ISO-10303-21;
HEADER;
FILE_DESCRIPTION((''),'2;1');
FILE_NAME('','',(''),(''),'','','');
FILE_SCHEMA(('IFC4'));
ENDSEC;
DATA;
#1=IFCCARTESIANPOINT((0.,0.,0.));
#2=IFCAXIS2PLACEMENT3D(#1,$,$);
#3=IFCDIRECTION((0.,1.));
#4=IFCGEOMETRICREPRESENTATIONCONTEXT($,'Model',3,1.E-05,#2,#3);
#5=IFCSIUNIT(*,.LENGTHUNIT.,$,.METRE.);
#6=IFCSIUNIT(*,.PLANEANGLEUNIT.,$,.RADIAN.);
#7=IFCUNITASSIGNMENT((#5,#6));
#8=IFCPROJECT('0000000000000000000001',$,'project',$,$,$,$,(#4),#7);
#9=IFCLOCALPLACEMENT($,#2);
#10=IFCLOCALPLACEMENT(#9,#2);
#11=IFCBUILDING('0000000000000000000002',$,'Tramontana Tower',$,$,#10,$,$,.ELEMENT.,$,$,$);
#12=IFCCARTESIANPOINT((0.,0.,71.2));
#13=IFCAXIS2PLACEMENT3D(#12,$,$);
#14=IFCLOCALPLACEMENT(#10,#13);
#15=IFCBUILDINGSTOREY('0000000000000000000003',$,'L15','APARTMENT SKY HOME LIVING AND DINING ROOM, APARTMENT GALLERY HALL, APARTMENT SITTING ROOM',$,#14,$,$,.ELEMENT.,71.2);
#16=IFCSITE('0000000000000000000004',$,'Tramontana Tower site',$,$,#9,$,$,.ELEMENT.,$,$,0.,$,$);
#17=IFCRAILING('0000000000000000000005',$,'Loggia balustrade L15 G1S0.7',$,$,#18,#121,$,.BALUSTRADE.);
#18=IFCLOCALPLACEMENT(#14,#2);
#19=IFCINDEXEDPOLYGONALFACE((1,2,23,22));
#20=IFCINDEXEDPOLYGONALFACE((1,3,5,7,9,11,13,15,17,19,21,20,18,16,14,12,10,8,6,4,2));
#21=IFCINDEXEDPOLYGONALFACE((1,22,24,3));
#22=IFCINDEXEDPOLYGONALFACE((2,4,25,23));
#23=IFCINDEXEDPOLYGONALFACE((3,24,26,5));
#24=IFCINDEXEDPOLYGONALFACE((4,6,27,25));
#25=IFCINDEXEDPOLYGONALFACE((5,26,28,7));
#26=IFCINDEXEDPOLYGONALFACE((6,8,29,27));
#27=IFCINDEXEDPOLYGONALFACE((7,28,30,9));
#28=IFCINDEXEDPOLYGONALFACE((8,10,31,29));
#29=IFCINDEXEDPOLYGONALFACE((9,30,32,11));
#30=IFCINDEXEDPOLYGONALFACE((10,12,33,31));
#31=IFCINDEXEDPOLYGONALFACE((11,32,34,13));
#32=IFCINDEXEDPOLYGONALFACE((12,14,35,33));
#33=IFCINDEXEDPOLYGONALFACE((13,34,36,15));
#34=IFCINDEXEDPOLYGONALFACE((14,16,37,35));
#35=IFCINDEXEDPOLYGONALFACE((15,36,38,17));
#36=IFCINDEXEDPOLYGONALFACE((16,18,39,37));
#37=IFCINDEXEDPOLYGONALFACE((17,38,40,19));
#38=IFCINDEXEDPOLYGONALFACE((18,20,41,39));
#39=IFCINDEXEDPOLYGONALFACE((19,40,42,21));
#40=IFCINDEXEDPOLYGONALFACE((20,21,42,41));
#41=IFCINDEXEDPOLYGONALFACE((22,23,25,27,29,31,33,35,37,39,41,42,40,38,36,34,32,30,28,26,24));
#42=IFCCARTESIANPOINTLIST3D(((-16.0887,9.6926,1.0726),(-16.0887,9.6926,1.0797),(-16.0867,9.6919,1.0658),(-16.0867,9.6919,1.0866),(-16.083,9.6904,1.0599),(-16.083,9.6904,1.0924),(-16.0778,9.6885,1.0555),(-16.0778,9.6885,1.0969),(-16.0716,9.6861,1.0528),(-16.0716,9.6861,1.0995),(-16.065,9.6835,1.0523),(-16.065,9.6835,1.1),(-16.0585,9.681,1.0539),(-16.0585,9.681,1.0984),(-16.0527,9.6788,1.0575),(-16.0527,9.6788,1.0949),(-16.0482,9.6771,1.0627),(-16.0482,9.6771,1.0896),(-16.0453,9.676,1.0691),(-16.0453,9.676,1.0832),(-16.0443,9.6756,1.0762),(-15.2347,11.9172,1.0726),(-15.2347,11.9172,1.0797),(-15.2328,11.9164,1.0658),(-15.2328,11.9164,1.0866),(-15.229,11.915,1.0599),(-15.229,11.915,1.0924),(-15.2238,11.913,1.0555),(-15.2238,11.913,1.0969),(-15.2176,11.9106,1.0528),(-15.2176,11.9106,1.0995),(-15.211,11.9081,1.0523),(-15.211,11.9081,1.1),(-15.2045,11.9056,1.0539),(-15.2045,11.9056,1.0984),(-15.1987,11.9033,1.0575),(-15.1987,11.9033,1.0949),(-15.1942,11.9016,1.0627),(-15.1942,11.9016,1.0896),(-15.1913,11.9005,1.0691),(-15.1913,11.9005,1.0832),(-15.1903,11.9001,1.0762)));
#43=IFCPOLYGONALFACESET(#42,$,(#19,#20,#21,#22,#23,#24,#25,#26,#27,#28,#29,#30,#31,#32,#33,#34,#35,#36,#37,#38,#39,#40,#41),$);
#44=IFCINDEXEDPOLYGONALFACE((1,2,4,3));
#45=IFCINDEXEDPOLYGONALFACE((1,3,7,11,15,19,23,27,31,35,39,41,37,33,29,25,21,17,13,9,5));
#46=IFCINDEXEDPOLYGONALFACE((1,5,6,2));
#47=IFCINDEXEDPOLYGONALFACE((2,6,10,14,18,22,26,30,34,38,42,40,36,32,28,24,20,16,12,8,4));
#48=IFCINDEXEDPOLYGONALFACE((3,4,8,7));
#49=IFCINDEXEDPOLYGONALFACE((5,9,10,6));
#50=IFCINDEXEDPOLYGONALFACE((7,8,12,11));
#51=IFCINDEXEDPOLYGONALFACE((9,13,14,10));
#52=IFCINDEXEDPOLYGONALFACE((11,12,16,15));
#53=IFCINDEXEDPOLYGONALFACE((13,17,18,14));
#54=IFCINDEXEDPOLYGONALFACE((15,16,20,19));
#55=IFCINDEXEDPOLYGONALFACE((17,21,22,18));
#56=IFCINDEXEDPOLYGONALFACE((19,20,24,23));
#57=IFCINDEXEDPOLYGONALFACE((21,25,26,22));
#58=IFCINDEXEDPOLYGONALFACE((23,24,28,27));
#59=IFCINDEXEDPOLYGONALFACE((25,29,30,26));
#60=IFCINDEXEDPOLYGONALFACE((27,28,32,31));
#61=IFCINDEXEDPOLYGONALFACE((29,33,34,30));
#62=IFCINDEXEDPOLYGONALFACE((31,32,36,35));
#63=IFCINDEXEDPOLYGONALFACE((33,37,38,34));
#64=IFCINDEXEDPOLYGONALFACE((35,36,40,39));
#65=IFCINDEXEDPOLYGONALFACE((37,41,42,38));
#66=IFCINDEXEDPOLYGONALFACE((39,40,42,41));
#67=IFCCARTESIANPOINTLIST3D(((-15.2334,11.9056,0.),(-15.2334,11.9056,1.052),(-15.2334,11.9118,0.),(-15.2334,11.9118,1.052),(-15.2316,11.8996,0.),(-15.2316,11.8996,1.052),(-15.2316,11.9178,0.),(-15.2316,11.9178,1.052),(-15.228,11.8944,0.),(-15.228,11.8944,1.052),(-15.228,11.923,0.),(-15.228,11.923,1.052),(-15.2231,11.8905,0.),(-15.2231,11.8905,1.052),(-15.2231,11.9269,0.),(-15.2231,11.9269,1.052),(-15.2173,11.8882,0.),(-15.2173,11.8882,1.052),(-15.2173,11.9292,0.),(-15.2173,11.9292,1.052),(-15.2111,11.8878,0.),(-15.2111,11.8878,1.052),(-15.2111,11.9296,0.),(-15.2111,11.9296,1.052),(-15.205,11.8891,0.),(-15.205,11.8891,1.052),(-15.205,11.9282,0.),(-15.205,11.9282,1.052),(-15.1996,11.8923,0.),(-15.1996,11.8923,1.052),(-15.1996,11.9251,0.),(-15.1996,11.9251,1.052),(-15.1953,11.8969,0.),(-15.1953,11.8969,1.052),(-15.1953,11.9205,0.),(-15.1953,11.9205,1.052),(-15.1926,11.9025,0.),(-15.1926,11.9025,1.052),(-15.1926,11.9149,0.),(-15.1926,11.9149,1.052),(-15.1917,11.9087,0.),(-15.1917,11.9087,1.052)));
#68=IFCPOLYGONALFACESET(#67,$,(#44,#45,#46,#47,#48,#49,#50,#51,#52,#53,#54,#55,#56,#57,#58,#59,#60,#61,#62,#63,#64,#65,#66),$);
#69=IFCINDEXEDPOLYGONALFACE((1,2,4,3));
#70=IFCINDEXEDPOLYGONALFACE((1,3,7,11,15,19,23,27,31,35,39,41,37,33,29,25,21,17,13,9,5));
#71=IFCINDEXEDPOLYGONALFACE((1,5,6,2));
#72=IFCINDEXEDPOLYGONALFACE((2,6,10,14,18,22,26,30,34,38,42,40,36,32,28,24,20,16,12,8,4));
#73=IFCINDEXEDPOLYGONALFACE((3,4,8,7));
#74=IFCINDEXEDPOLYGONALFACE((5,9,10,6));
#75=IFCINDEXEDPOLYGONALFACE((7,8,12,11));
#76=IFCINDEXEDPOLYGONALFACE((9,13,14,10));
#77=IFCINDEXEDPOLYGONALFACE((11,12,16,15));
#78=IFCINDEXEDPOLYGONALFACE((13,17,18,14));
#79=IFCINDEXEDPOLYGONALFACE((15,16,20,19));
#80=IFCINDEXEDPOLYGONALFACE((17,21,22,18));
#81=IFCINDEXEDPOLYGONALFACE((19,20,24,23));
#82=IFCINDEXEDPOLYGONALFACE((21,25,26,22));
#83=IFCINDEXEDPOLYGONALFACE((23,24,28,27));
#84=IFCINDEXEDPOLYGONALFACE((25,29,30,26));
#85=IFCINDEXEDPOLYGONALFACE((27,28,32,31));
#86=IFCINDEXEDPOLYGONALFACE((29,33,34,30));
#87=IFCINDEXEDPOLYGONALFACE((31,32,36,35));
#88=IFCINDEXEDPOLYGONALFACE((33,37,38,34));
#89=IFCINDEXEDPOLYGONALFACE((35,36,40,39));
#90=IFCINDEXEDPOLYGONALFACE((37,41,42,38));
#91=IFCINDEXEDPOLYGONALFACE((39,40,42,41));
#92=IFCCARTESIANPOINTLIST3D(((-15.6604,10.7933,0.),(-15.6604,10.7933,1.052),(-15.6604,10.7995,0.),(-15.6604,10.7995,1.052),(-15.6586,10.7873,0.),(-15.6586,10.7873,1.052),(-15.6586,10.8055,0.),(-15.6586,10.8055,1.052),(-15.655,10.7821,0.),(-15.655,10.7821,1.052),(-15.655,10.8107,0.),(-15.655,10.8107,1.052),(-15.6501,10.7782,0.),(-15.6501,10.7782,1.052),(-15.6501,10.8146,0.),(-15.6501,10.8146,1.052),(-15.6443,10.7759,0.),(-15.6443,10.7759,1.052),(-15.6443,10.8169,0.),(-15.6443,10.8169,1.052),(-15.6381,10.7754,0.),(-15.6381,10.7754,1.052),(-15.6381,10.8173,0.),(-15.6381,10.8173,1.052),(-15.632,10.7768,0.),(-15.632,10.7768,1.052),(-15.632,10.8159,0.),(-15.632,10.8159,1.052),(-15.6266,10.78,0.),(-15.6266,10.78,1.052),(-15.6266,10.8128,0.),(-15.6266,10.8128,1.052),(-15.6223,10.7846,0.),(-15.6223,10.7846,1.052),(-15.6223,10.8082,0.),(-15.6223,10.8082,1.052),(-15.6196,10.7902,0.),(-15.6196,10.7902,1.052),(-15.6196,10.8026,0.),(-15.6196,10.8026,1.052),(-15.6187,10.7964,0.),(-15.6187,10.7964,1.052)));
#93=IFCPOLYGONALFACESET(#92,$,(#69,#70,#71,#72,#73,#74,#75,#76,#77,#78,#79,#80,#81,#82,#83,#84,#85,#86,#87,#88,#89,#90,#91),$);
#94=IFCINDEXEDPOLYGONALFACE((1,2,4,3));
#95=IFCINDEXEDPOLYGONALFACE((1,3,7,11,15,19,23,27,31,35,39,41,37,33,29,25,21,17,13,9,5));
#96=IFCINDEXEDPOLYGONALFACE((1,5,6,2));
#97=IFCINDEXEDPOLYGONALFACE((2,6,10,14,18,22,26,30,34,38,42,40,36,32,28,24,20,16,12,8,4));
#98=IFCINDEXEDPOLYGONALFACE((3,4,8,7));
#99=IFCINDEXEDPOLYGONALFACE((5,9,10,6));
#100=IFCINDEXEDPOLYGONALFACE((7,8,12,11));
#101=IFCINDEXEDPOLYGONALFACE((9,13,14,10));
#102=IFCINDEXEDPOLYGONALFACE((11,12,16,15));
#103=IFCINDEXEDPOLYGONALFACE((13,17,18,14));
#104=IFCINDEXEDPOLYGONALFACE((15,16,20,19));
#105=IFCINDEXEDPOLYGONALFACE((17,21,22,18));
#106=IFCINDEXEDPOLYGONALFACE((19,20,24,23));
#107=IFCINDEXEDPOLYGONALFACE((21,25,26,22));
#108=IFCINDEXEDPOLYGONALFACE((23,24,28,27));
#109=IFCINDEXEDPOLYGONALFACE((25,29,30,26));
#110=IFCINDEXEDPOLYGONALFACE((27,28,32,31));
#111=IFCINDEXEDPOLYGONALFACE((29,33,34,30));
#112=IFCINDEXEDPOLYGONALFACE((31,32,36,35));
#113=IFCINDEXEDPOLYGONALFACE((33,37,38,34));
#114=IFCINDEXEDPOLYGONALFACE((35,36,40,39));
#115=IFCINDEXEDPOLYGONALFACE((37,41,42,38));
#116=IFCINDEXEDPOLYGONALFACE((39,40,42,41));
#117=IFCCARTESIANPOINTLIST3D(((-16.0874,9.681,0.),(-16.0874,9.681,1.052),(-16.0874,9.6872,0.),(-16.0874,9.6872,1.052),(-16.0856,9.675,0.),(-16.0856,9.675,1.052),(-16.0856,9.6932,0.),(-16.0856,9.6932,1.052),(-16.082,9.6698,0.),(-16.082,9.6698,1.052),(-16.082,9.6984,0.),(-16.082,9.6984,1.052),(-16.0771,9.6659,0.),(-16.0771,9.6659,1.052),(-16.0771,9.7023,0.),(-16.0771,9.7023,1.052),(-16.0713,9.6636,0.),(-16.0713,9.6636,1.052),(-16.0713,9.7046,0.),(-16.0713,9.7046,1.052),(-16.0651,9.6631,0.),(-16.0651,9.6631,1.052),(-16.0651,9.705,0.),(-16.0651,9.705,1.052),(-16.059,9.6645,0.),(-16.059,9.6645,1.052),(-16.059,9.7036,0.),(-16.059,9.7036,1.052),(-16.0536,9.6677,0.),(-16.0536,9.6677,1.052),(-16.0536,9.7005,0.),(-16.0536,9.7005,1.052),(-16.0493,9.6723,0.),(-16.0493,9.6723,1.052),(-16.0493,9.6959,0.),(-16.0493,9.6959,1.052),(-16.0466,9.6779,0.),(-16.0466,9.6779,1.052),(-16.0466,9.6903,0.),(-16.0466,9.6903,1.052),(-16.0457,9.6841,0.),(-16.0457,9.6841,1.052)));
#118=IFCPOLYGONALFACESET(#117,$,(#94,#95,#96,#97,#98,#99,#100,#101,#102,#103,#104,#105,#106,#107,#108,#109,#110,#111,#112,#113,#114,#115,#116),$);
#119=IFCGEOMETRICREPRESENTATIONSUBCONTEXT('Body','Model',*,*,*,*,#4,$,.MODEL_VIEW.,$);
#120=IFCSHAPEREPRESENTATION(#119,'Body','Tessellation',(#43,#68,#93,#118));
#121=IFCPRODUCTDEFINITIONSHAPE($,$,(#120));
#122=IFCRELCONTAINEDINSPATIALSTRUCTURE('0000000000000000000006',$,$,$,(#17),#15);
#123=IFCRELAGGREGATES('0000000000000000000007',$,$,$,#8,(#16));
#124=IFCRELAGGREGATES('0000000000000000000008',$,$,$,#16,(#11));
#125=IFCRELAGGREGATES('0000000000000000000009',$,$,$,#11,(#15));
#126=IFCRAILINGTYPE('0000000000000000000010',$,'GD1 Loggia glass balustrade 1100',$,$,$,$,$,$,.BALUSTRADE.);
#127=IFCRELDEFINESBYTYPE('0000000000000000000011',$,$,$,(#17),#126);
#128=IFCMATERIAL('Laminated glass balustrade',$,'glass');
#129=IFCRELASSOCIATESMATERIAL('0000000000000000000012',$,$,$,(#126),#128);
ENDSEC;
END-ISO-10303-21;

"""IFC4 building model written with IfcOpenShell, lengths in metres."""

from ifc_helpers import new_model, si_unit, direction, frame, origin, origin_2d, place, context, subcontext, project, spatial, circle, extrude, material, type_object, element, save


model = new_model("IFC4")

# Units and contexts
model_context = context("Model", 3, precision=1e-05, world=origin(), true_north=direction((0.0, 1.0)))
body_context = subcontext(model_context, "Body", "Model", "MODEL_VIEW")
ifc_project = project(units=[si_unit("LENGTHUNIT", "METRE"), si_unit("PLANEANGLEUNIT", "RADIAN")], contexts=[model_context])

# Site, building, storey
site_placement = place(None, origin())
site = spatial("IfcSite", under=ifc_project, at=site_placement, Name="Tramontana Tower site", CompositionType="ELEMENT", RefElevation=0.0)
building_placement = place(site_placement, origin())
building = spatial("IfcBuilding", under=site, at=building_placement, Name="Tramontana Tower", CompositionType="ELEMENT")
storey_placement = place(building_placement, frame((0.0, 0.0, 71.2)))
storey = spatial("IfcBuildingStorey", under=building, at=storey_placement, Name="L15", Description="APARTMENT SKY HOME LIVING AND DINING ROOM, APARTMENT GALLERY HALL, APARTMENT SITTING ROOM", CompositionType="ELEMENT", Elevation=71.2)

# Railing
ifc_material_1 = material(Name="Laminated glass balustrade", Category="glass")
railing_type = type_object("IfcRailingType", Name="GD1 Loggia glass balustrade 1100", PredefinedType="BALUSTRADE", material=ifc_material_1)
railing_placement = place(storey_placement, frame((-15.2126, 11.9087, 0.0)))
element("IfcRailing", 1, at=railing_placement, inside=storey, type_object=railing_type, Name="Loggia balustrade L15 G1S0.7", PredefinedType="BALUSTRADE", context=body_context, shape_type="SweptSolid", body=[
    extrude(circle(Radius=0.0239, at=origin_2d()), frame((0.0, 0.0, 1.0762), z_axis=(-0.358389, -0.933573, 0.0), x_axis=(0.933573, -0.358389, 0.0)), (0.0, 0.0, 1.0), 2.3828),
    extrude(circle(Radius=0.021, at=origin_2d()), origin(), (0.0, 0.0, 1.0), 1.052),
    extrude(circle(Radius=0.021, at=origin_2d()), frame((-0.427, -1.1123, 0.0)), (0.0, 0.0, 1.0), 1.052),
    extrude(circle(Radius=0.021, at=origin_2d()), frame((-0.854, -2.2246, 0.0)), (0.0, 0.0, 1.0), 1.052),
])

save(model, "model.ifc")
